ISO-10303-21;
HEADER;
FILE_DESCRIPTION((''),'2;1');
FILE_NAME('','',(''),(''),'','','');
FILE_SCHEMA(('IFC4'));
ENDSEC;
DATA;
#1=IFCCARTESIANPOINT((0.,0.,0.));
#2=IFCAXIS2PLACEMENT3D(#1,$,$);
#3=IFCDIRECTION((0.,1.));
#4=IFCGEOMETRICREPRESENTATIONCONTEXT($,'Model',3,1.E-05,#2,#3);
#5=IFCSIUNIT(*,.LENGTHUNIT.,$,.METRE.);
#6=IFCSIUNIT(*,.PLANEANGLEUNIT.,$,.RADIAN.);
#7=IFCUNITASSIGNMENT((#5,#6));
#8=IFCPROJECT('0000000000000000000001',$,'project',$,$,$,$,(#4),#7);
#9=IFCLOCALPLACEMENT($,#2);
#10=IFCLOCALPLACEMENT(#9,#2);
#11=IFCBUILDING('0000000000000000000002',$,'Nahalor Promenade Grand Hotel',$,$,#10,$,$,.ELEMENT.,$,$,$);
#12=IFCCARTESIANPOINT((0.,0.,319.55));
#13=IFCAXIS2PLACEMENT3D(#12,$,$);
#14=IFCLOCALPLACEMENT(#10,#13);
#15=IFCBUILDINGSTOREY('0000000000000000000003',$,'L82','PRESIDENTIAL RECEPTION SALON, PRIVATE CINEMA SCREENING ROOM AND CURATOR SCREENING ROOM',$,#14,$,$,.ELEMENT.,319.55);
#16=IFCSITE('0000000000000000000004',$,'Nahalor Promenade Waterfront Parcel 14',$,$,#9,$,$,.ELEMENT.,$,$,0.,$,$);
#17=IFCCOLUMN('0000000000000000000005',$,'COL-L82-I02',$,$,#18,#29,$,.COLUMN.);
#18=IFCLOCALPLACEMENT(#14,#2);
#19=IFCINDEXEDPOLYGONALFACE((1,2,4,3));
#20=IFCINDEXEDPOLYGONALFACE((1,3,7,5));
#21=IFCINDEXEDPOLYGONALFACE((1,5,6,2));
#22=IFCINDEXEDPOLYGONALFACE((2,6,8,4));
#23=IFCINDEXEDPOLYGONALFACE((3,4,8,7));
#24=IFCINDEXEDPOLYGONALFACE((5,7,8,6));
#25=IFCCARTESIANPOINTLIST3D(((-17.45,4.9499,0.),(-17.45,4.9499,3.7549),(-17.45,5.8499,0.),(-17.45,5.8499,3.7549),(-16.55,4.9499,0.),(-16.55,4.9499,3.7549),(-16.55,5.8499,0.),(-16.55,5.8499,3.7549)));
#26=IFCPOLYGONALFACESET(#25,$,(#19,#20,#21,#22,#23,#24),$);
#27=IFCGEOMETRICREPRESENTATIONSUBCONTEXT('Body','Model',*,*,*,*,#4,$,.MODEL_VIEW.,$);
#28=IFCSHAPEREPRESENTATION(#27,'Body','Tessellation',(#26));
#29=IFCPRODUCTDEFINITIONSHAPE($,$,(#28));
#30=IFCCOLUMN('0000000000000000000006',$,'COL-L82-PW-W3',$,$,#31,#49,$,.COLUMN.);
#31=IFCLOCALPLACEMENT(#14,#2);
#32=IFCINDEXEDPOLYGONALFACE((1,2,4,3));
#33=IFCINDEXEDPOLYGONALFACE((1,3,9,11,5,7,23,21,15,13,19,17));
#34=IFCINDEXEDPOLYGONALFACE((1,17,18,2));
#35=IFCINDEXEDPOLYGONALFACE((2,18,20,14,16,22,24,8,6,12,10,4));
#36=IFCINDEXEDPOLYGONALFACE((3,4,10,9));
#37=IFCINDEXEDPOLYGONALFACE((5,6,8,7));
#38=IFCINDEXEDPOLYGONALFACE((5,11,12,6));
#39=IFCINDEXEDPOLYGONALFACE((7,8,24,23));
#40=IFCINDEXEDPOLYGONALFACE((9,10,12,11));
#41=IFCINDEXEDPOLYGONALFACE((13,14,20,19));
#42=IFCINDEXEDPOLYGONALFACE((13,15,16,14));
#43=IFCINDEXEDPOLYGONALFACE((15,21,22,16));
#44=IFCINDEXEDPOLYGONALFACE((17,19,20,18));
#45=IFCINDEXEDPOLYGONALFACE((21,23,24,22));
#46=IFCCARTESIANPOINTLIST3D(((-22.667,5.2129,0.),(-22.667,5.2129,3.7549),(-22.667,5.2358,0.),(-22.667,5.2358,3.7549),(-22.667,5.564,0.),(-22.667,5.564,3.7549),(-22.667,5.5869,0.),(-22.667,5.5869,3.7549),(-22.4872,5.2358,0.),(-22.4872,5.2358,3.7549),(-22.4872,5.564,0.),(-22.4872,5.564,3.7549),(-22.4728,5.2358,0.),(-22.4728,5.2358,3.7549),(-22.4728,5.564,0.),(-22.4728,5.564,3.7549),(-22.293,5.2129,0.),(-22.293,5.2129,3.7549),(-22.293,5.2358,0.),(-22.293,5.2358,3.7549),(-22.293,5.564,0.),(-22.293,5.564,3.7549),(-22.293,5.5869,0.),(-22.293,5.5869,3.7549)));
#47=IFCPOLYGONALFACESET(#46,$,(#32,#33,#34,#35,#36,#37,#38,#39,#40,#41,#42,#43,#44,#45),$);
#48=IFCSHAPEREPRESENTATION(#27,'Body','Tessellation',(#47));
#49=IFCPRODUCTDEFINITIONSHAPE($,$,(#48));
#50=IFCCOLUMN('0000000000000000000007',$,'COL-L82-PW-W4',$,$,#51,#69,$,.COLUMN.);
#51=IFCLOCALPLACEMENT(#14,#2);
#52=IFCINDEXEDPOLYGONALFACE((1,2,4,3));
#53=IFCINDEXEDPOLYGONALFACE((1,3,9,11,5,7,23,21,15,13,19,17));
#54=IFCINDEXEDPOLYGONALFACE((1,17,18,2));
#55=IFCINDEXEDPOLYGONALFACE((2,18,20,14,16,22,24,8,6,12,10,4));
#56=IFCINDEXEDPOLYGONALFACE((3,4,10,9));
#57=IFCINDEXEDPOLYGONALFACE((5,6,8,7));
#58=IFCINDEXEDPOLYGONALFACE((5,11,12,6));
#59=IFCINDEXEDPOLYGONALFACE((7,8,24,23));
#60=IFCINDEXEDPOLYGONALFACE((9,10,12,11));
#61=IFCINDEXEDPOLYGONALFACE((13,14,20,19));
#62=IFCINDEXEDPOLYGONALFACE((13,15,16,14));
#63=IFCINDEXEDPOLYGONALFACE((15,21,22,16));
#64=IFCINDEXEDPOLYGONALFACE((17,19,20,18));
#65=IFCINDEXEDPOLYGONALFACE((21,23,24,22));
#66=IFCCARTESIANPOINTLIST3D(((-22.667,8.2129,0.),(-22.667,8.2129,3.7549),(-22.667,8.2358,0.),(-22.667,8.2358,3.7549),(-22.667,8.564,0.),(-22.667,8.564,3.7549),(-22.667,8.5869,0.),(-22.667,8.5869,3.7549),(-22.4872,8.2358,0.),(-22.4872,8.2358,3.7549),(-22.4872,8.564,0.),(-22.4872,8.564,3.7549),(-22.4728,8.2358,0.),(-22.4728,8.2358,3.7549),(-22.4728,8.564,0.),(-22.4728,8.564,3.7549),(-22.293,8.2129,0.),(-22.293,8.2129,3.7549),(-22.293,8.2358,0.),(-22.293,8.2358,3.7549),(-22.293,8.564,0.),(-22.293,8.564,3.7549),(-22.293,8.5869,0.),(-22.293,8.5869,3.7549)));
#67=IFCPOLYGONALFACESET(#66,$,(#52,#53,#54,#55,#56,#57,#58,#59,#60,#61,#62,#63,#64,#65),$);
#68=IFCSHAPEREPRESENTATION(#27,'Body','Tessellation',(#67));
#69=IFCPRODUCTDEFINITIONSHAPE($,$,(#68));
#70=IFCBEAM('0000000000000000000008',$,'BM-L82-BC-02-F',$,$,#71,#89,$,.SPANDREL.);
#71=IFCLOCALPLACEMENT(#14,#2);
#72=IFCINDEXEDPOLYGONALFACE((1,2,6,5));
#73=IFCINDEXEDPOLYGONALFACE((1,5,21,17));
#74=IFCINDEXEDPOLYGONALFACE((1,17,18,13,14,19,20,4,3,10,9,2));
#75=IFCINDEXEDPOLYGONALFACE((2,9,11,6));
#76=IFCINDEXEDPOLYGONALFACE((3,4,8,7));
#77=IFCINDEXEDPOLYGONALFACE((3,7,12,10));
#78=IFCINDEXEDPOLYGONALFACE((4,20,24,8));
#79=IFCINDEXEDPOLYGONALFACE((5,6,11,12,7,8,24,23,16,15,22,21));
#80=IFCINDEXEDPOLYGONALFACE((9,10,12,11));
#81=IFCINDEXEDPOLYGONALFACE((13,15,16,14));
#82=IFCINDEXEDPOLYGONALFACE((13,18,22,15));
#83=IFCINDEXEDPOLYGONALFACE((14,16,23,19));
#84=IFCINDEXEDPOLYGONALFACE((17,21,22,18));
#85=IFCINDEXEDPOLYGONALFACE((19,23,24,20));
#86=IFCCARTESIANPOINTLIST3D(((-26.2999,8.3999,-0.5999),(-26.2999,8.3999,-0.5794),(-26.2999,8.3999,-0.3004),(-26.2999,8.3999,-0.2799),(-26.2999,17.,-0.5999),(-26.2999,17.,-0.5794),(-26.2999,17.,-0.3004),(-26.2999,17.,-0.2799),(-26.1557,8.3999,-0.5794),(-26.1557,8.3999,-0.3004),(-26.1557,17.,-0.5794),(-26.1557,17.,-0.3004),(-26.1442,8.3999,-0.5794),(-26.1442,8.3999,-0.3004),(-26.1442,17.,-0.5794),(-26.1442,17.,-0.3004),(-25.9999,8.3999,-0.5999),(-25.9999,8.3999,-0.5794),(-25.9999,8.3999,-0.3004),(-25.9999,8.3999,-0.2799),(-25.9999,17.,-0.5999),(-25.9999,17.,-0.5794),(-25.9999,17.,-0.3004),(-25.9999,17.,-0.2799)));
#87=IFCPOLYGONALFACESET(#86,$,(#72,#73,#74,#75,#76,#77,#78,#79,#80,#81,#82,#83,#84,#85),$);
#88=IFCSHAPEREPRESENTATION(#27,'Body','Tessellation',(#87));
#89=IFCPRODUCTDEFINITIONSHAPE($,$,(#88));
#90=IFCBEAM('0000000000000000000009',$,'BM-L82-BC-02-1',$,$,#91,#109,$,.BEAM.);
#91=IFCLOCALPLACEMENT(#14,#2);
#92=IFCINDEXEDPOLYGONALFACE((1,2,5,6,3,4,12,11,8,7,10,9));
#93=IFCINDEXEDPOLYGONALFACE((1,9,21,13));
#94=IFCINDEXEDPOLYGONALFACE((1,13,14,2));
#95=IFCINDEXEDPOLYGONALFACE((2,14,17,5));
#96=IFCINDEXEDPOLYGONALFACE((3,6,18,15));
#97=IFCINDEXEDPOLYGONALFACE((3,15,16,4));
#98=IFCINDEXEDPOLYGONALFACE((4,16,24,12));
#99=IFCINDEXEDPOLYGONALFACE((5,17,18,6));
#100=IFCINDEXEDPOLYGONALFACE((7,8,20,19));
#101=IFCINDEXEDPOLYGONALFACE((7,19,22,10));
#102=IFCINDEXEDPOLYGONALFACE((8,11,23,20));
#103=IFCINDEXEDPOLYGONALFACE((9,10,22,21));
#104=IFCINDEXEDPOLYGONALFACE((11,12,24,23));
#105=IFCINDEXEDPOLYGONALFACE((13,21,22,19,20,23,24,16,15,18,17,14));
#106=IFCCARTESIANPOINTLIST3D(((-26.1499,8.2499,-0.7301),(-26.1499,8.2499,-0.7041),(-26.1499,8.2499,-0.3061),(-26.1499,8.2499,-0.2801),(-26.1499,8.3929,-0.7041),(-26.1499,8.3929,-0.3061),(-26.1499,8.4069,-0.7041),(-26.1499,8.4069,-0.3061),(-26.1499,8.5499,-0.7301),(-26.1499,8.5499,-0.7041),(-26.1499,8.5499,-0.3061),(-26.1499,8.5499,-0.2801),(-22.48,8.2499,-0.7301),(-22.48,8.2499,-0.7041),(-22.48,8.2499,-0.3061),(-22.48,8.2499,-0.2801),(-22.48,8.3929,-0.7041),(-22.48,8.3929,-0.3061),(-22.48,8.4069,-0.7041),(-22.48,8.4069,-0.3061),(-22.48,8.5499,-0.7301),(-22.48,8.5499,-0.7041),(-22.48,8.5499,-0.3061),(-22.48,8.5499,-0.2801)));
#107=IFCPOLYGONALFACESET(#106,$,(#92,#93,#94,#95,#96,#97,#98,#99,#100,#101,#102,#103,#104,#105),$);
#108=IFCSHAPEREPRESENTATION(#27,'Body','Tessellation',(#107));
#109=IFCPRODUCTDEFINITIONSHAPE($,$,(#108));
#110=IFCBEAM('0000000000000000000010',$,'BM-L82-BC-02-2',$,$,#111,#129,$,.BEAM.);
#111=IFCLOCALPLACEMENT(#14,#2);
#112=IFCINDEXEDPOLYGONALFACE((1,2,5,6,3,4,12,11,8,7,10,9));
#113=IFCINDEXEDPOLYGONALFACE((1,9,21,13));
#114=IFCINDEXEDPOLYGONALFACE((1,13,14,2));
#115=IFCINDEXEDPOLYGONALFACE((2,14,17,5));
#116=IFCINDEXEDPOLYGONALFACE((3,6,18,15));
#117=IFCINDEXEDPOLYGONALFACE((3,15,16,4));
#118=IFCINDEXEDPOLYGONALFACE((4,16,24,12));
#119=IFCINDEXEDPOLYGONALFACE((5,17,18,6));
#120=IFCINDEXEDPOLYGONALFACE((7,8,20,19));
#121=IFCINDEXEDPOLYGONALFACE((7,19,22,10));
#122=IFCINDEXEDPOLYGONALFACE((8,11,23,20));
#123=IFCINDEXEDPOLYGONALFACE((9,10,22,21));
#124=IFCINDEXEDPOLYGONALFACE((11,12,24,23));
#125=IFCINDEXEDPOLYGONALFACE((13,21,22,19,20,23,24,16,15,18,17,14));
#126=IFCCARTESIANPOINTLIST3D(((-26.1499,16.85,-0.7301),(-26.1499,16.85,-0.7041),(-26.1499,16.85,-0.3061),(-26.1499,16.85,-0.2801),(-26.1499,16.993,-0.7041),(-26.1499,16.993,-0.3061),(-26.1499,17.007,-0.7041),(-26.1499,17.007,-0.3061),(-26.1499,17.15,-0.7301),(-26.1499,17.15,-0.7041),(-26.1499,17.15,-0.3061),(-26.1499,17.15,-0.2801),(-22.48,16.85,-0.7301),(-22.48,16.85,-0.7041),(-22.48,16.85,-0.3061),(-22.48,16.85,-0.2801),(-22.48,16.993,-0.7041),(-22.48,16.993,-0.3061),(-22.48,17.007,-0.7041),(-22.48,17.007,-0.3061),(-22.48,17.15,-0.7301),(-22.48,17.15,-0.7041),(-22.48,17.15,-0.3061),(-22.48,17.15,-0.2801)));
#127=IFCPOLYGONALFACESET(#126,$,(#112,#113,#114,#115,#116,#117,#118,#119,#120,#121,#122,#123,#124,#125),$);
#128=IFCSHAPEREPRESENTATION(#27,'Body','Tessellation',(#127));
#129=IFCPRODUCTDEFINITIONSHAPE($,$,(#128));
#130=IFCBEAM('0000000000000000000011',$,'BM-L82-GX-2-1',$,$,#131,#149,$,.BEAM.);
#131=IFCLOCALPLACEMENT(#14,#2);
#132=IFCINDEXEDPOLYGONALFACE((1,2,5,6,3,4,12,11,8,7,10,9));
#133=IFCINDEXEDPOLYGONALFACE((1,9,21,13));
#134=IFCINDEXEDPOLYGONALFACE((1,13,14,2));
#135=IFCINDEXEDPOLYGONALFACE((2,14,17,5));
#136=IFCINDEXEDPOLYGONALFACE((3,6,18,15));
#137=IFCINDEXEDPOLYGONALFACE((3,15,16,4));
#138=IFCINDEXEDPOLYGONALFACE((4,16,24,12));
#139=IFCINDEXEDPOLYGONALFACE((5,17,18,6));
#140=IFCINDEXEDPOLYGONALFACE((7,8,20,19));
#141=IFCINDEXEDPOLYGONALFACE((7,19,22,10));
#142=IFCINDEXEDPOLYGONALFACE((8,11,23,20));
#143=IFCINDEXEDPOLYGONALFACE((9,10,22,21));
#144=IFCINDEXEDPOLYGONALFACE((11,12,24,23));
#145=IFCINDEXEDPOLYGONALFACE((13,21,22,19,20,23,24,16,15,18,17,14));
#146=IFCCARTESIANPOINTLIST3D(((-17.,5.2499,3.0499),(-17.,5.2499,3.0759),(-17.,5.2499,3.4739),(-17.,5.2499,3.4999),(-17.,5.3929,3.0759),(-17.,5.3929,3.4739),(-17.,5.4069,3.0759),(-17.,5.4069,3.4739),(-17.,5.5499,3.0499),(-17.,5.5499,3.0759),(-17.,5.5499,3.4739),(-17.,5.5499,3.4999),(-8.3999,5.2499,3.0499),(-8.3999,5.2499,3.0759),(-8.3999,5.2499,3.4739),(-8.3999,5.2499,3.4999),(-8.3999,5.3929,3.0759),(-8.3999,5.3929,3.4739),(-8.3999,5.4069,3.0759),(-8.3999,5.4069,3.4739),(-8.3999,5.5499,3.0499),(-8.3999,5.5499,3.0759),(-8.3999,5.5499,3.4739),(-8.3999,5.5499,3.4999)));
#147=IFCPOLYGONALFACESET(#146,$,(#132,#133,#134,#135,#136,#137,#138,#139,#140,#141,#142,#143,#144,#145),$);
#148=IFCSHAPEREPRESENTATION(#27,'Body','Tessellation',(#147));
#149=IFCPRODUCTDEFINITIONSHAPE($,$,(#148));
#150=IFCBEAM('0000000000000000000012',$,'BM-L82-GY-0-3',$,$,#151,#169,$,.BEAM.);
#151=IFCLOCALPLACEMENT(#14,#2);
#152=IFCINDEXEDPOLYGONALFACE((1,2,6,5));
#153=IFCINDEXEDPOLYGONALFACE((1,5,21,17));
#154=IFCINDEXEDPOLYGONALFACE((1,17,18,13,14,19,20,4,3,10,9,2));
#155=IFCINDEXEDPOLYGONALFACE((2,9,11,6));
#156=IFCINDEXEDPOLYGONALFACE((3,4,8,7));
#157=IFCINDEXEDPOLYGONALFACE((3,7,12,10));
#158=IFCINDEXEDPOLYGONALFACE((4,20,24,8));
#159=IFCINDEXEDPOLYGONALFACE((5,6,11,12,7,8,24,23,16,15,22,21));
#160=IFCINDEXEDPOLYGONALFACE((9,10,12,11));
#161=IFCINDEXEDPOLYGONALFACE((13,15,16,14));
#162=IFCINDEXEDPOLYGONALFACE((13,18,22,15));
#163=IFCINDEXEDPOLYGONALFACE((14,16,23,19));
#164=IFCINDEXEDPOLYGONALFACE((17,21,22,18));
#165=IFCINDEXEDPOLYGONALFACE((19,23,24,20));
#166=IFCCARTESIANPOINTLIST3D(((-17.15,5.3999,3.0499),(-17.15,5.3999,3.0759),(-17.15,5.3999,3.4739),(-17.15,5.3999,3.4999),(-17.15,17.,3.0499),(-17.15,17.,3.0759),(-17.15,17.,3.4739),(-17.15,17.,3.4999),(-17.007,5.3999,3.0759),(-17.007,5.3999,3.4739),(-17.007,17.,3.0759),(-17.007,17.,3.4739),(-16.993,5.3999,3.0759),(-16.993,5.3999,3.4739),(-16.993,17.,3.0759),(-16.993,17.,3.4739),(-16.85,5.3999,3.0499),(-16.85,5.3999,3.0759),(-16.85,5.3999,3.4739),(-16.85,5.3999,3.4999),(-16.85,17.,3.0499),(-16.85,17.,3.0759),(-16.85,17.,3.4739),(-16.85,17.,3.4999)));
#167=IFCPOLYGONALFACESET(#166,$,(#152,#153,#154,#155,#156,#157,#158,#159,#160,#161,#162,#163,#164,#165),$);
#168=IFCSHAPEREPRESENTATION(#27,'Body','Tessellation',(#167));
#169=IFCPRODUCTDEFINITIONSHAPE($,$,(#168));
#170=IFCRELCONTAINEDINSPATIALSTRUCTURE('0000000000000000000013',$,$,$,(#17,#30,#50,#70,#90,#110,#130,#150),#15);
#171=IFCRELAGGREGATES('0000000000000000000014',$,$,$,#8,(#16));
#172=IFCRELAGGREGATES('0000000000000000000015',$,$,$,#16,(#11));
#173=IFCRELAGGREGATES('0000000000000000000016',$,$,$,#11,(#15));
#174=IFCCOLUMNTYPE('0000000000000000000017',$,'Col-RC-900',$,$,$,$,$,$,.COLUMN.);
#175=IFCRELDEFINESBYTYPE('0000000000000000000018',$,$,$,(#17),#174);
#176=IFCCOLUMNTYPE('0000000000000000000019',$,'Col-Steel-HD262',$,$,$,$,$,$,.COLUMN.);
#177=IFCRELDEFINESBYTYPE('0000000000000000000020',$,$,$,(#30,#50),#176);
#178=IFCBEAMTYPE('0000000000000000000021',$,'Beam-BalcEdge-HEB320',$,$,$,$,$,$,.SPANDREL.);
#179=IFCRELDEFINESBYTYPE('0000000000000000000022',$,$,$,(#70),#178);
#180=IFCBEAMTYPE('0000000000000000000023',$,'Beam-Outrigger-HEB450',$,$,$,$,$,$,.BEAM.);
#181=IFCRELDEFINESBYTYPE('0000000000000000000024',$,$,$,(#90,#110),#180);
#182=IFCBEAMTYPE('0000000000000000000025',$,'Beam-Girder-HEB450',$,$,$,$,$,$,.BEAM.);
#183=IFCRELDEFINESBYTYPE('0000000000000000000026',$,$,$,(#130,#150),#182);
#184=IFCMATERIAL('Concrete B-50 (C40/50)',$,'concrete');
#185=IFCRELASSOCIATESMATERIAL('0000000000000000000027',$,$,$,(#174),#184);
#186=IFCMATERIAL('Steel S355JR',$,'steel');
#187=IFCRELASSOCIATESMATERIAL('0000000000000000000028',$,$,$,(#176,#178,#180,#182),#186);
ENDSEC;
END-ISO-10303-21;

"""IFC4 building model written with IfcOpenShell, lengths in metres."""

from ifc_helpers import new_model, si_unit, direction, frame, origin, origin_2d, place, context, subcontext, project, spatial, rectangle, i_section, extrude, source, transform, mapped, material, material_profile, profile_set, type_object, element, save


model = new_model("IFC4")

# Units and contexts
model_context = context("Model", 3, precision=1e-05, world=origin(), true_north=direction((0.0, 1.0)))
body_context = subcontext(model_context, "Body", "Model", "MODEL_VIEW")
ifc_project = project(units=[si_unit("LENGTHUNIT", "METRE"), si_unit("PLANEANGLEUNIT", "RADIAN")], contexts=[model_context])

# Site, building, storey
site_placement = place(None, origin())
site = spatial("IfcSite", under=ifc_project, at=site_placement, Name="Nahalor Promenade Waterfront Parcel 14", CompositionType="ELEMENT", RefElevation=0.0)
building_placement = place(site_placement, origin())
building = spatial("IfcBuilding", under=site, at=building_placement, Name="Nahalor Promenade Grand Hotel", CompositionType="ELEMENT")
storey_placement = place(building_placement, frame((0.0, 0.0, 319.55)))
storey = spatial("IfcBuildingStorey", under=building, at=storey_placement, Name="L82", Description="PRESIDENTIAL RECEPTION SALON, PRIVATE CINEMA SCREENING ROOM AND CURATOR SCREENING ROOM", CompositionType="ELEMENT", Elevation=319.55)

# Columns
ifc_material_1 = material(Name="Concrete B-50 (C40/50)", Category="concrete")
ifc_material_profile_1 = material_profile(ifc_material_1, rectangle(XDim=0.9, YDim=0.9, at=origin_2d()), Name="RC 900x900")
ifc_profile_set_1 = profile_set([ifc_material_profile_1], Name="Concrete B-50 (C40/50)")
column_type_1 = type_object("IfcColumnType", Name="Col-RC-900", PredefinedType="COLUMN", material=ifc_profile_set_1)
shared_shape_1 = source(origin(), body_context, "Body", "SweptSolid", [
    extrude(rectangle(XDim=0.9, YDim=0.9, at=origin_2d()), origin(), (0.0, 0.0, 1.0), 3.7549),
])
column_placement = place(storey_placement, frame((-17.0, 5.3999, 0.0), z_axis=(0.0, 0.0, 1.0), x_axis=(1.0, 0.0, 0.0)))
element("IfcColumn", 1, at=column_placement, inside=storey, type_object=column_type_1, Name="COL-L82-I02", PredefinedType="COLUMN", context=body_context, shape_type="MappedRepresentation", body=[
    mapped(shared_shape_1, transform((0.0, 0.0, 0.0), scale=1.0)),
])
ifc_material_2 = material(Name="Steel S355JR", Category="steel")
ifc_material_profile_2 = material_profile(ifc_material_2, i_section(OverallWidth=0.374, OverallDepth=0.374, WebThickness=0.0144, FlangeThickness=0.0229, at=origin_2d()), Name="HD 360x262")
ifc_profile_set_2 = profile_set([ifc_material_profile_2], Name="Steel S355JR")
column_type_2 = type_object("IfcColumnType", Name="Col-Steel-HD262", PredefinedType="COLUMN", material=ifc_profile_set_2)
shared_shape_2 = source(origin(), body_context, "Body", "SweptSolid", [
    extrude(i_section(OverallWidth=0.374, OverallDepth=0.374, WebThickness=0.0144, FlangeThickness=0.0229, at=origin_2d()), origin(), (0.0, 0.0, 1.0), 3.7549),
])
for number, where, z_axis, x_axis, name in (
    (2, (-22.48, 5.3999, 0.0), (0.0, 0.0, 1.0), (1.0, 0.0, 0.0), "COL-L82-PW-W3"),
    (3, (-22.48, 8.3999, 0.0), (0.0, 0.0, 1.0), (1.0, 0.0, 0.0), "COL-L82-PW-W4"),
):
    element("IfcColumn", number, at=place(storey_placement, frame(where, z_axis=z_axis, x_axis=x_axis)), inside=storey, type_object=column_type_2, Name=name, PredefinedType="COLUMN", context=body_context, shape_type="MappedRepresentation", body=[
        mapped(shared_shape_2, transform((0.0, 0.0, 0.0), scale=1.0)),
    ])

# Beams
ifc_material_profile_3 = material_profile(ifc_material_2, i_section(OverallWidth=0.3, OverallDepth=0.32, WebThickness=0.0115, FlangeThickness=0.0205, at=origin_2d()), Name="HEB 320")
ifc_profile_set_3 = profile_set([ifc_material_profile_3], Name="Steel S355JR")
beam_type_1 = type_object("IfcBeamType", Name="Beam-BalcEdge-HEB320", PredefinedType="SPANDREL", material=ifc_profile_set_3)
shared_shape_3 = source(origin(), body_context, "Body", "SweptSolid", [
    extrude(i_section(OverallWidth=0.3, OverallDepth=0.32, WebThickness=0.0115, FlangeThickness=0.0205, at=origin_2d()), origin(), (0.0, 0.0, 1.0), 8.6001),
])
beam_1_placement = place(storey_placement, frame((-26.1499, 8.3999, -0.4399), z_axis=(0.0, 1.0, 0.0), x_axis=(-1.0, 0.0, 0.0)))
element("IfcBeam", 4, at=beam_1_placement, inside=storey, type_object=beam_type_1, Name="BM-L82-BC-02-F", PredefinedType="SPANDREL", context=body_context, shape_type="MappedRepresentation", body=[
    mapped(shared_shape_3, transform((0.0, 0.0, 0.0), scale=1.0)),
])
ifc_material_profile_4 = material_profile(ifc_material_2, i_section(OverallWidth=0.3, OverallDepth=0.45, WebThickness=0.014, FlangeThickness=0.026, at=origin_2d()), Name="HEB 450")
ifc_profile_set_4 = profile_set([ifc_material_profile_4], Name="Steel S355JR")
beam_type_2 = type_object("IfcBeamType", Name="Beam-Outrigger-HEB450", PredefinedType="BEAM", material=ifc_profile_set_4)
shared_shape_4 = source(origin(), body_context, "Body", "SweptSolid", [
    extrude(i_section(OverallWidth=0.3, OverallDepth=0.45, WebThickness=0.014, FlangeThickness=0.026, at=origin_2d()), origin(), (0.0, 0.0, 1.0), 3.6699),
])
for number, where, z_axis, x_axis, name in (
    (5, (-26.1499, 8.3999, -0.5051), (1.0, 0.0, 0.0), (0.0, 1.0, 0.0), "BM-L82-BC-02-1"),
    (6, (-26.1499, 17.0, -0.5051), (1.0, 0.0, 0.0), (0.0, 1.0, 0.0), "BM-L82-BC-02-2"),
):
    element("IfcBeam", number, at=place(storey_placement, frame(where, z_axis=z_axis, x_axis=x_axis)), inside=storey, type_object=beam_type_2, Name=name, PredefinedType="BEAM", context=body_context, shape_type="MappedRepresentation", body=[
        mapped(shared_shape_4, transform((0.0, 0.0, 0.0), scale=1.0)),
    ])
ifc_material_profile_5 = material_profile(ifc_material_2, i_section(OverallWidth=0.3, OverallDepth=0.45, WebThickness=0.014, FlangeThickness=0.026, at=origin_2d()), Name="HEB 450")
ifc_profile_set_5 = profile_set([ifc_material_profile_5], Name="Steel S355JR")
beam_type_3 = type_object("IfcBeamType", Name="Beam-Girder-HEB450", PredefinedType="BEAM", material=ifc_profile_set_5)
shared_shape_5 = source(origin(), body_context, "Body", "SweptSolid", [
    extrude(i_section(OverallWidth=0.3, OverallDepth=0.45, WebThickness=0.014, FlangeThickness=0.026, at=origin_2d()), origin(), (0.0, 0.0, 1.0), 8.6001),
])
beam_2_placement = place(storey_placement, frame((-17.0, 5.3999, 3.2749), z_axis=(1.0, 0.0, 0.0), x_axis=(0.0, 1.0, 0.0)))
element("IfcBeam", 7, at=beam_2_placement, inside=storey, type_object=beam_type_3, Name="BM-L82-GX-2-1", PredefinedType="BEAM", context=body_context, shape_type="MappedRepresentation", body=[
    mapped(shared_shape_5, transform((0.0, 0.0, 0.0), scale=1.0)),
])
shared_shape_6 = source(origin(), body_context, "Body", "SweptSolid", [
    extrude(i_section(OverallWidth=0.3, OverallDepth=0.45, WebThickness=0.014, FlangeThickness=0.026, at=origin_2d()), origin(), (0.0, 0.0, 1.0), 11.6001),
])
beam_3_placement = place(storey_placement, frame((-17.0, 5.3999, 3.2749), z_axis=(0.0, 1.0, 0.0), x_axis=(-1.0, 0.0, 0.0)))
element("IfcBeam", 8, at=beam_3_placement, inside=storey, type_object=beam_type_3, Name="BM-L82-GY-0-3", PredefinedType="BEAM", context=body_context, shape_type="MappedRepresentation", body=[
    mapped(shared_shape_6, transform((0.0, 0.0, 0.0), scale=1.0)),
])

save(model, "model.ifc")
